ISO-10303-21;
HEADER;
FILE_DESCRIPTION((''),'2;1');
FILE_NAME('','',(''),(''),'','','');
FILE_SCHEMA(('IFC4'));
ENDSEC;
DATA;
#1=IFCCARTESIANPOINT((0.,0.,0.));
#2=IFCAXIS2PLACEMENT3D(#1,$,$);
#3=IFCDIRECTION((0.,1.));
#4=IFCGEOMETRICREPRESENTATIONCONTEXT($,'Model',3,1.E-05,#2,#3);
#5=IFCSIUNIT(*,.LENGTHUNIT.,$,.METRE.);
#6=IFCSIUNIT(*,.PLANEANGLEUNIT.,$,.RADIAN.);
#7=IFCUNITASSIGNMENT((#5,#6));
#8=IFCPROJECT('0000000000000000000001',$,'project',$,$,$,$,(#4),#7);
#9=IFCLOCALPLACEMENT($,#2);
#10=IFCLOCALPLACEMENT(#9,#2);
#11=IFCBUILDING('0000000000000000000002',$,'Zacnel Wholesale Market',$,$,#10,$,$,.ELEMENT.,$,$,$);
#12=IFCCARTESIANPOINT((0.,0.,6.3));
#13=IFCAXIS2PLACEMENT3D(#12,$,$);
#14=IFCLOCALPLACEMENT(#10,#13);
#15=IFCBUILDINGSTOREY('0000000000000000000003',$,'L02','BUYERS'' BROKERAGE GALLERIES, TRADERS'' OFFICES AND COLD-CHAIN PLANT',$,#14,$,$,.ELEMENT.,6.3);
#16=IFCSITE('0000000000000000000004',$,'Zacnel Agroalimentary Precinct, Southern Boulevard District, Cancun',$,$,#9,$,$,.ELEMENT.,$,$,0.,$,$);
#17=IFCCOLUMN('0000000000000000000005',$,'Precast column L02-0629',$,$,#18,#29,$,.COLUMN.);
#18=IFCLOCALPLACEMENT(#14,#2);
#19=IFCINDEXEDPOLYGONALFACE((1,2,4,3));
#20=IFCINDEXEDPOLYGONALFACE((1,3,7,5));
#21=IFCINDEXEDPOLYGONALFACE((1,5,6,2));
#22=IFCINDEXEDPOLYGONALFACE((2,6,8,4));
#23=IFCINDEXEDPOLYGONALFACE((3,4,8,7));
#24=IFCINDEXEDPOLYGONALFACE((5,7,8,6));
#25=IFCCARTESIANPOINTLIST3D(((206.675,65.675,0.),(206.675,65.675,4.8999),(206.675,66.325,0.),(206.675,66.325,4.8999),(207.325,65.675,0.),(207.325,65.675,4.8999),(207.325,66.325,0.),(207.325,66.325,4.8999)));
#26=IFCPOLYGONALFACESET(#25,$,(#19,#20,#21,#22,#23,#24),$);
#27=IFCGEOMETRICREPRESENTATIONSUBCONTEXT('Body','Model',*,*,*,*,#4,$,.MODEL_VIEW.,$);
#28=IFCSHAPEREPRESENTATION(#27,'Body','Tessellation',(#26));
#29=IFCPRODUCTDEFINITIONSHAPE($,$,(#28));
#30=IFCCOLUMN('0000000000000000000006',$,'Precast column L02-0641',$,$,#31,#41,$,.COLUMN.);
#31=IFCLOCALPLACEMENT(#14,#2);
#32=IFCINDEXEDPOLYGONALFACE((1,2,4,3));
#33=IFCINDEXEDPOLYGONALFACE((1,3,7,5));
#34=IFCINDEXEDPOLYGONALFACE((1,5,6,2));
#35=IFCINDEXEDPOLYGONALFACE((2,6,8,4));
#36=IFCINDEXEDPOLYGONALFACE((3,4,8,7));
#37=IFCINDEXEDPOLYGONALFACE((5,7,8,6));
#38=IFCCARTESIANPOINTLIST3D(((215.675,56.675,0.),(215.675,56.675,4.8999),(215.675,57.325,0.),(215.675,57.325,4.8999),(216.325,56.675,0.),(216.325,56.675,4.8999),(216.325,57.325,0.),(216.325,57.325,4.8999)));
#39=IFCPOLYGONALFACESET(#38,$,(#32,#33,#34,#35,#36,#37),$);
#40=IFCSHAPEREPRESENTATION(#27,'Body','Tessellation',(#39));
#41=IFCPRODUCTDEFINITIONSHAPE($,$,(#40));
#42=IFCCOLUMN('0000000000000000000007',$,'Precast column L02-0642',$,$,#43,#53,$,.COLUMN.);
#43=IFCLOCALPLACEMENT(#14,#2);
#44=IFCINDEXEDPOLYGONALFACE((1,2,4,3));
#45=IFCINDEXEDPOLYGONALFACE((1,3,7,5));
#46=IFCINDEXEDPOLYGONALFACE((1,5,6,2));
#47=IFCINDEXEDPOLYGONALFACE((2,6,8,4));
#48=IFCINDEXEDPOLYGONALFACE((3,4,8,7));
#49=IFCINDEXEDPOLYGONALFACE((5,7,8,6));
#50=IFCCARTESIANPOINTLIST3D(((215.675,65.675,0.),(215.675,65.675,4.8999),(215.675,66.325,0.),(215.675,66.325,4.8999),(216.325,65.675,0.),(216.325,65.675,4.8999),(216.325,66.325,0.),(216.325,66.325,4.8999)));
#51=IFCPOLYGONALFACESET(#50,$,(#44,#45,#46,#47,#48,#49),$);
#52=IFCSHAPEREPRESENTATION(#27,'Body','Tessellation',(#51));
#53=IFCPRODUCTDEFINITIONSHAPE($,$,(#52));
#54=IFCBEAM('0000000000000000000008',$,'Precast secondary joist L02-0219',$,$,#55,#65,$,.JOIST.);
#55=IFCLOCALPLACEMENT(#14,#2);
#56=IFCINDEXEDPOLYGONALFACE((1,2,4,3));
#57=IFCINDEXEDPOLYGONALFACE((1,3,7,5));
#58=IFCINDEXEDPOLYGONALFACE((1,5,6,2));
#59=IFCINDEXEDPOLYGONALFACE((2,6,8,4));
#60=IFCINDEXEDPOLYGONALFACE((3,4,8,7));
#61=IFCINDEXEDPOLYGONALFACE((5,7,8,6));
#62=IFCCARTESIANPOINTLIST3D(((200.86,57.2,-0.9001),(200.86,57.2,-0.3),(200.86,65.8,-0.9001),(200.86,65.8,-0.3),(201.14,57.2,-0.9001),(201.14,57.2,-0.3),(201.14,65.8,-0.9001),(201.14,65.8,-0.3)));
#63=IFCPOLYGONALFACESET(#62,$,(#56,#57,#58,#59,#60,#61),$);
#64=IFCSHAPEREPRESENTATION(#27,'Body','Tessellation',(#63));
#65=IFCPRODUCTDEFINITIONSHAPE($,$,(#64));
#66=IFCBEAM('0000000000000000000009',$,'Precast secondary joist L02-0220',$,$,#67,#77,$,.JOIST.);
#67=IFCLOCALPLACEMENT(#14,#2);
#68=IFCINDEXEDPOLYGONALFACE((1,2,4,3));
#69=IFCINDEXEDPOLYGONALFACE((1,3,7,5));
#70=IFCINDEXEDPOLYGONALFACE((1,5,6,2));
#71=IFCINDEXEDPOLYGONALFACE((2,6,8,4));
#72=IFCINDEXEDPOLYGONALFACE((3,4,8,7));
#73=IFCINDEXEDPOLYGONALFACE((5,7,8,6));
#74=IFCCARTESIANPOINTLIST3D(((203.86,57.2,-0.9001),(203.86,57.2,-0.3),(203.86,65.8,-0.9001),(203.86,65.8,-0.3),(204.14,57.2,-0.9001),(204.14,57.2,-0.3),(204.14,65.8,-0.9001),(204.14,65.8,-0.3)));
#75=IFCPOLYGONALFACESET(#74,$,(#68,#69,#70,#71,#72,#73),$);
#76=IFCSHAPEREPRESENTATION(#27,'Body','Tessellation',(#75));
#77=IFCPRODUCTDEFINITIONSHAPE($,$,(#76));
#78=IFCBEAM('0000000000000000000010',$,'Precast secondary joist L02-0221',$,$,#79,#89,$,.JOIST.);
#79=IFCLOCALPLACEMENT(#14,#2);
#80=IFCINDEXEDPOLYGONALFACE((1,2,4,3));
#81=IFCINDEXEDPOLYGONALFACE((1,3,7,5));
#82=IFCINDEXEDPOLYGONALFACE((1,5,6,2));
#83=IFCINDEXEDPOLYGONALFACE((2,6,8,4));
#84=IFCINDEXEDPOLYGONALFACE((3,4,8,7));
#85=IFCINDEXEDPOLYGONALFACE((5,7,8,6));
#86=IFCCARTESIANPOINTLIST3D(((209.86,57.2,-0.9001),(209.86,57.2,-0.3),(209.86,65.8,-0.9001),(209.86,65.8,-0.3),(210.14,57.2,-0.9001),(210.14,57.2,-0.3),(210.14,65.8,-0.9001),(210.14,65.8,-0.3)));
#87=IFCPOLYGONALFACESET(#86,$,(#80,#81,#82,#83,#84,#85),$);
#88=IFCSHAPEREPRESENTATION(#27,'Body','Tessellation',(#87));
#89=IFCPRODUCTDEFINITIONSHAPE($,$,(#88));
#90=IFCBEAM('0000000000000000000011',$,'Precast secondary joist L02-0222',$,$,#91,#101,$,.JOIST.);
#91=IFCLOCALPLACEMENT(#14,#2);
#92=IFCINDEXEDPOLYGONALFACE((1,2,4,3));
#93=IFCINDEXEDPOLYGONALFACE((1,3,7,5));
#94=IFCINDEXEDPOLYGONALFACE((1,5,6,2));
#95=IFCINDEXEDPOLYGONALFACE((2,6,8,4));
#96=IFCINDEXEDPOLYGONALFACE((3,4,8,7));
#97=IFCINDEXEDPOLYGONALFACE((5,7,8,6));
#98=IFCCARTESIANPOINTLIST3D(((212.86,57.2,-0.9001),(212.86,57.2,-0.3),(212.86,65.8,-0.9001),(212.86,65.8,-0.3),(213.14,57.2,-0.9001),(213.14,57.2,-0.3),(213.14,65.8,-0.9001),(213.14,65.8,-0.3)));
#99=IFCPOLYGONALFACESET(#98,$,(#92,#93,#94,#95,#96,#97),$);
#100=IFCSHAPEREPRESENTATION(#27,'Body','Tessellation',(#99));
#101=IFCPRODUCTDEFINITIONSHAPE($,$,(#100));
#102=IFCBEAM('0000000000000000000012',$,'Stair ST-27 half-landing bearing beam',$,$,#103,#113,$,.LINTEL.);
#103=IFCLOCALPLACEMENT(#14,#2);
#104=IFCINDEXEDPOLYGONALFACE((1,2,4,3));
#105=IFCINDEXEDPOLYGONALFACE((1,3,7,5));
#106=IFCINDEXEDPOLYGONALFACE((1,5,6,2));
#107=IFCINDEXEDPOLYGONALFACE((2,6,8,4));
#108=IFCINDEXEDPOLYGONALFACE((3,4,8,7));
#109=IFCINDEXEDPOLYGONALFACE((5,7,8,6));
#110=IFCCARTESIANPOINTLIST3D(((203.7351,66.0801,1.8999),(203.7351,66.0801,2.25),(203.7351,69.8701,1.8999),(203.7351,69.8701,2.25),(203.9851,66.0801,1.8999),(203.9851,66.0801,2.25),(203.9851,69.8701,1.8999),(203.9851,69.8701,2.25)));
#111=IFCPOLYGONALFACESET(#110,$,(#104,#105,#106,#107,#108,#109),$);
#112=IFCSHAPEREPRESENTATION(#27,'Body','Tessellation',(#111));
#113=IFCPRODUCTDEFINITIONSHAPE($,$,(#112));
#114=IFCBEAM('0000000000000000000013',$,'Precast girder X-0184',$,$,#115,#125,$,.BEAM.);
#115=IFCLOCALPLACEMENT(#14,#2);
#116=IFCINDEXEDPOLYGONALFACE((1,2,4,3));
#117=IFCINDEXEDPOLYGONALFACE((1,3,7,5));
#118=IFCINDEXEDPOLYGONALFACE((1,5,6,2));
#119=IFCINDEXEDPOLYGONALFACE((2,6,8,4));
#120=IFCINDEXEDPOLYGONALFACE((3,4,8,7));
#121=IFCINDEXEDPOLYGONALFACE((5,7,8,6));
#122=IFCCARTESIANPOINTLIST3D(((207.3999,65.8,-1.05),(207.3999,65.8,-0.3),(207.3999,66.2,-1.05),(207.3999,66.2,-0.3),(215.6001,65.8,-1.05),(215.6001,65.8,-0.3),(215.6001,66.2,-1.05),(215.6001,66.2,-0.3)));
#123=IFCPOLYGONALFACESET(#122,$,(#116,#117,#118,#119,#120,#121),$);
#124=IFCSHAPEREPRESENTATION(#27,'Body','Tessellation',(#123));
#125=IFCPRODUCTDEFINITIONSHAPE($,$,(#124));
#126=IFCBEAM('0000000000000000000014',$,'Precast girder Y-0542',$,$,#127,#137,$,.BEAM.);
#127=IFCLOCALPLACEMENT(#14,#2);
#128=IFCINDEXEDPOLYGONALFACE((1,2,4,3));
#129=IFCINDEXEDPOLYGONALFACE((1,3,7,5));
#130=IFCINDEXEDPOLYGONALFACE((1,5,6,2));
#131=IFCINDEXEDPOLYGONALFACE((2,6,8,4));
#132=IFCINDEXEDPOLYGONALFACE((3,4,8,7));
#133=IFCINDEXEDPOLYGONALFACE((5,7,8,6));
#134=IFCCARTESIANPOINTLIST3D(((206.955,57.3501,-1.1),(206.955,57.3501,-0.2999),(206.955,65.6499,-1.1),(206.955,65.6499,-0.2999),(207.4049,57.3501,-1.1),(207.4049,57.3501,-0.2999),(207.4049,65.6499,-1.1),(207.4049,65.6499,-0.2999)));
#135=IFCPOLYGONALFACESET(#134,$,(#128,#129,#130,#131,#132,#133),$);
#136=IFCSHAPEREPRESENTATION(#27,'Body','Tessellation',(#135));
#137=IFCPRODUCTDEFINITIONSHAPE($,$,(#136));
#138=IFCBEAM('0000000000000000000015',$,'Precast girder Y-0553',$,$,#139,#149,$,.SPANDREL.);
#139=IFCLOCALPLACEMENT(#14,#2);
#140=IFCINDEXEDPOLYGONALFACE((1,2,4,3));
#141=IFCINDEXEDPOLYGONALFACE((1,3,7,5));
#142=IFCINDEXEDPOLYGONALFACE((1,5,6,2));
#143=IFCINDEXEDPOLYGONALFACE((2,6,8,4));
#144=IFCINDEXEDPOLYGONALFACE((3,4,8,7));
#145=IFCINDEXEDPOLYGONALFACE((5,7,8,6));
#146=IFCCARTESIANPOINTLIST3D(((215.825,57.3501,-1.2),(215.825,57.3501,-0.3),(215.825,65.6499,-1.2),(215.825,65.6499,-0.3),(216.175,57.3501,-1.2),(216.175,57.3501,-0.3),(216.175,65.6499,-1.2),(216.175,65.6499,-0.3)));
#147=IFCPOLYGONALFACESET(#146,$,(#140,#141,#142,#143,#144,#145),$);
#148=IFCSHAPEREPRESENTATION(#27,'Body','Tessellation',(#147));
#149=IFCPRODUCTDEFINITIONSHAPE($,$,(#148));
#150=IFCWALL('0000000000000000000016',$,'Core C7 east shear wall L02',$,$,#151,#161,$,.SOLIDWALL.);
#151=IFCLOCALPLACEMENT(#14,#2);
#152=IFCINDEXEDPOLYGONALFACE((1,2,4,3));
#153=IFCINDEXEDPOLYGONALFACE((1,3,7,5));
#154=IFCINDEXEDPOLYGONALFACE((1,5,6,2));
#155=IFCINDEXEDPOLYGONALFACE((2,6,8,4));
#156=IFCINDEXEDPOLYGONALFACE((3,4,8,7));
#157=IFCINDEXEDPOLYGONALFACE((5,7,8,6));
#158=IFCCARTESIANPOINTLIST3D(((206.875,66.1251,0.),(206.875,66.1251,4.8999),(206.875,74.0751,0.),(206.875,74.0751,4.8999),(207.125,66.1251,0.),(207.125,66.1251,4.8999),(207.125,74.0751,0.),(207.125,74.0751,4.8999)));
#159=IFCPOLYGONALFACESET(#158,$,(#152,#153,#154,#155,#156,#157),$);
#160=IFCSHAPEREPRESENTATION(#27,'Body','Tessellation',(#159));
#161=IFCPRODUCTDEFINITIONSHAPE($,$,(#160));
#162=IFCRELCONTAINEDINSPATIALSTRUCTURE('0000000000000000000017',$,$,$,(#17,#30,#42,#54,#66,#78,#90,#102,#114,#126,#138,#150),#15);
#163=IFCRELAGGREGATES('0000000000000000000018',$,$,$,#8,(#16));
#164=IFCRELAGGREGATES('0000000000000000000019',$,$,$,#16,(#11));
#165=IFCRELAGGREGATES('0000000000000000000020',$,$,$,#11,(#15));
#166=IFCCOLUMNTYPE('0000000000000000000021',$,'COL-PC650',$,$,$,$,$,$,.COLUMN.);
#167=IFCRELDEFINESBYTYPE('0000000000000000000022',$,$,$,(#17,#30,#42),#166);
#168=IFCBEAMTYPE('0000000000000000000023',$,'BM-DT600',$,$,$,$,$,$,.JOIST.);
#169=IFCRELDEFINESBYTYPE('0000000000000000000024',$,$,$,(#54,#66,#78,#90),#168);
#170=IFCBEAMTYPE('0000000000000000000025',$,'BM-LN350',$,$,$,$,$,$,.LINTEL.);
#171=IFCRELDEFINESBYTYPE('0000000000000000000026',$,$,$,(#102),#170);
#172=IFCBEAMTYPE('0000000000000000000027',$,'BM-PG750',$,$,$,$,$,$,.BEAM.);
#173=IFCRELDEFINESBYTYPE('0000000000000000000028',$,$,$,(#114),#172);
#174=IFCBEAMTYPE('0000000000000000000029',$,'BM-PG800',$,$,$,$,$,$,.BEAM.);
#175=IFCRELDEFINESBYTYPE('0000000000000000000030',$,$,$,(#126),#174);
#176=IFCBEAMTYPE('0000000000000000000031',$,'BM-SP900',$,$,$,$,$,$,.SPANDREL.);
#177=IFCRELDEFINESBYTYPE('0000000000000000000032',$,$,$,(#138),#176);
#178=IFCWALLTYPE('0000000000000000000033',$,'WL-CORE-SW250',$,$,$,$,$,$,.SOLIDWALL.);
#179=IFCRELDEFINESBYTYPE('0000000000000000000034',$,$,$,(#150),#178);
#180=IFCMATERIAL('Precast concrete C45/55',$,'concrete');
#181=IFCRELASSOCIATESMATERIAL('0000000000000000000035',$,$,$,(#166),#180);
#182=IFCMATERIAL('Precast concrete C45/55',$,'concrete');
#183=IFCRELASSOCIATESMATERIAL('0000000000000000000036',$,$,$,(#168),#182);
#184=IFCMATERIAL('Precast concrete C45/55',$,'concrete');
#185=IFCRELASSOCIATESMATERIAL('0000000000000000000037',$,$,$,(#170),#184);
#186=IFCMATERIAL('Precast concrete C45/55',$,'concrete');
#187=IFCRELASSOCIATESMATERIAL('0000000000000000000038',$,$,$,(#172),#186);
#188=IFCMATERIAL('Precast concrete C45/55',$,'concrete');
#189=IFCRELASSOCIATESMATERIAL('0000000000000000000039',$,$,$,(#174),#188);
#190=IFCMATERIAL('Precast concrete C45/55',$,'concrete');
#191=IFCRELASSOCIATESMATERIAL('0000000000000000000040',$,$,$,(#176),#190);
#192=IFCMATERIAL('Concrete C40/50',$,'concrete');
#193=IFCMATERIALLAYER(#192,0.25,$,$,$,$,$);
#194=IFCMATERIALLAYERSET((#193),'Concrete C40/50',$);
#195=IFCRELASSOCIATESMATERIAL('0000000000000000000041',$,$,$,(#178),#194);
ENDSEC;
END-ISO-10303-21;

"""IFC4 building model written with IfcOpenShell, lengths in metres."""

from ifc_helpers import new_model, si_unit, direction, frame, frame_2d, origin, origin_2d, place, context, subcontext, project, spatial, rectangle, extrude, material, layer, layer_set, material_profile, profile_set, type_object, element, save


model = new_model("IFC4")

# Units and contexts
model_context = context("Model", 3, precision=1e-05, world=origin(), true_north=direction((0.0, 1.0)))
body_context = subcontext(model_context, "Body", "Model", "MODEL_VIEW")
ifc_project = project(units=[si_unit("LENGTHUNIT", "METRE"), si_unit("PLANEANGLEUNIT", "RADIAN")], contexts=[model_context])

# Site, building, storey
site_placement = place(None, origin())
site = spatial("IfcSite", under=ifc_project, at=site_placement, Name="Zacnel Agroalimentary Precinct, Southern Boulevard District, Cancun", CompositionType="ELEMENT", RefElevation=0.0)
building_placement = place(site_placement, origin())
building = spatial("IfcBuilding", under=site, at=building_placement, Name="Zacnel Wholesale Market", CompositionType="ELEMENT")
storey_placement = place(building_placement, frame((0.0, 0.0, 6.3)))
storey = spatial("IfcBuildingStorey", under=building, at=storey_placement, Name="L02", Description="BUYERS' BROKERAGE GALLERIES, TRADERS' OFFICES AND COLD-CHAIN PLANT", CompositionType="ELEMENT", Elevation=6.3)

# Columns
ifc_material_1 = material(Name="Precast concrete C45/55", Category="concrete")
ifc_material_profile_1 = material_profile(ifc_material_1, rectangle(XDim=0.6499, YDim=0.6499, at=origin_2d()), Name="PC 650x650")
ifc_profile_set_1 = profile_set([ifc_material_profile_1], Name="Precast concrete C45/55")
column_type = type_object("IfcColumnType", Name="COL-PC650", PredefinedType="COLUMN", material=ifc_profile_set_1)
for number, where, z_axis, x_axis, name in (
    (1, (207.0, 66.0, 0.0), (0.0, 0.0, 1.0), (1.0, 0.0, 0.0), "Precast column L02-0629"),
    (2, (216.0, 57.0, 0.0), (0.0, 0.0, 1.0), (1.0, 0.0, 0.0), "Precast column L02-0641"),
    (3, (216.0, 66.0, 0.0), (0.0, 0.0, 1.0), (1.0, 0.0, 0.0), "Precast column L02-0642"),
):
    element("IfcColumn", number, at=place(storey_placement, frame(where, z_axis=z_axis, x_axis=x_axis)), inside=storey, type_object=column_type, Name=name, PredefinedType="COLUMN", context=body_context, shape_type="SweptSolid", body=[
        extrude(rectangle(XDim=0.6499, YDim=0.6499, at=origin_2d()), origin(), (0.0, 0.0, 1.0), 4.8999),
    ])

# Beams
ifc_material_2 = material(Name="Precast concrete C45/55", Category="concrete")
ifc_material_profile_2 = material_profile(ifc_material_2, rectangle(XDim=0.28, YDim=0.6001, at=origin_2d()), Name="DT RIB 280x600")
ifc_profile_set_2 = profile_set([ifc_material_profile_2], Name="Precast concrete C45/55")
beam_type_1 = type_object("IfcBeamType", Name="BM-DT600", PredefinedType="JOIST", material=ifc_profile_set_2)
for number, where, z_axis, x_axis, name in (
    (4, (201.0, 57.2, -0.6001), (0.0, 1.0, 0.0), (-1.0, 0.0, 0.0), "Precast secondary joist L02-0219"),
    (5, (204.0, 57.2, -0.6001), (0.0, 1.0, 0.0), (-1.0, 0.0, 0.0), "Precast secondary joist L02-0220"),
    (6, (210.0, 57.2, -0.6001), (0.0, 1.0, 0.0), (-1.0, 0.0, 0.0), "Precast secondary joist L02-0221"),
    (7, (213.0, 57.2, -0.6001), (0.0, 1.0, 0.0), (-1.0, 0.0, 0.0), "Precast secondary joist L02-0222"),
):
    element("IfcBeam", number, at=place(storey_placement, frame(where, z_axis=z_axis, x_axis=x_axis)), inside=storey, type_object=beam_type_1, Name=name, PredefinedType="JOIST", context=body_context, shape_type="SweptSolid", body=[
        extrude(rectangle(XDim=0.28, YDim=0.6001, at=origin_2d()), origin(), (0.0, 0.0, 1.0), 8.6001),
    ])
ifc_material_3 = material(Name="Precast concrete C45/55", Category="concrete")
ifc_material_profile_3 = material_profile(ifc_material_3, rectangle(XDim=0.25, YDim=0.3501, at=origin_2d()), Name="LN 250x350")
ifc_profile_set_3 = profile_set([ifc_material_profile_3], Name="Precast concrete C45/55")
beam_type_2 = type_object("IfcBeamType", Name="BM-LN350", PredefinedType="LINTEL", material=ifc_profile_set_3)
beam_1_placement = place(storey_placement, frame((203.8601, 66.0801, 2.075), z_axis=(0.0, 1.0, 0.0), x_axis=(-1.0, 0.0, 0.0)))
element("IfcBeam", 8, at=beam_1_placement, inside=storey, type_object=beam_type_2, Name="Stair ST-27 half-landing bearing beam", PredefinedType="LINTEL", context=body_context, shape_type="SweptSolid", body=[
    extrude(rectangle(XDim=0.25, YDim=0.3501, at=origin_2d()), origin(), (0.0, 0.0, 1.0), 3.79),
])
ifc_material_4 = material(Name="Precast concrete C45/55", Category="concrete")
ifc_material_profile_4 = material_profile(ifc_material_4, rectangle(XDim=0.3999, YDim=0.75, at=origin_2d()), Name="PG 400x750")
ifc_profile_set_4 = profile_set([ifc_material_profile_4], Name="Precast concrete C45/55")
beam_type_3 = type_object("IfcBeamType", Name="BM-PG750", PredefinedType="BEAM", material=ifc_profile_set_4)
beam_2_placement = place(storey_placement, frame((207.3999, 66.0, -0.675), z_axis=(1.0, 0.0, 0.0), x_axis=(0.0, 1.0, 0.0)))
element("IfcBeam", 9, at=beam_2_placement, inside=storey, type_object=beam_type_3, Name="Precast girder X-0184", PredefinedType="BEAM", context=body_context, shape_type="SweptSolid", body=[
    extrude(rectangle(XDim=0.3999, YDim=0.75, at=origin_2d()), origin(), (0.0, 0.0, 1.0), 8.2002),
])
ifc_material_5 = material(Name="Precast concrete C45/55", Category="concrete")
ifc_material_profile_5 = material_profile(ifc_material_5, rectangle(XDim=0.45, YDim=0.8, at=origin_2d()), Name="PG 450x800")
ifc_profile_set_5 = profile_set([ifc_material_profile_5], Name="Precast concrete C45/55")
beam_type_4 = type_object("IfcBeamType", Name="BM-PG800", PredefinedType="BEAM", material=ifc_profile_set_5)
beam_3_placement = place(storey_placement, frame((207.1799, 57.3501, -0.7), z_axis=(0.0, 1.0, 0.0), x_axis=(-1.0, 0.0, 0.0)))
element("IfcBeam", 10, at=beam_3_placement, inside=storey, type_object=beam_type_4, Name="Precast girder Y-0542", PredefinedType="BEAM", context=body_context, shape_type="SweptSolid", body=[
    extrude(rectangle(XDim=0.45, YDim=0.8, at=origin_2d()), origin(), (0.0, 0.0, 1.0), 8.2998),
])
ifc_material_6 = material(Name="Precast concrete C45/55", Category="concrete")
ifc_material_profile_6 = material_profile(ifc_material_6, rectangle(XDim=0.3501, YDim=0.8999, at=origin_2d()), Name="SP 350x900")
ifc_profile_set_6 = profile_set([ifc_material_profile_6], Name="Precast concrete C45/55")
beam_type_5 = type_object("IfcBeamType", Name="BM-SP900", PredefinedType="SPANDREL", material=ifc_profile_set_6)
beam_4_placement = place(storey_placement, frame((216.0, 57.3501, -0.75), z_axis=(0.0, 1.0, 0.0), x_axis=(-1.0, 0.0, 0.0)))
element("IfcBeam", 11, at=beam_4_placement, inside=storey, type_object=beam_type_5, Name="Precast girder Y-0553", PredefinedType="SPANDREL", context=body_context, shape_type="SweptSolid", body=[
    extrude(rectangle(XDim=0.3501, YDim=0.8999, at=origin_2d()), origin(), (0.0, 0.0, 1.0), 8.2998),
])

# Wall
ifc_material_7 = material(Name="Concrete C40/50", Category="concrete")
ifc_layer_1 = layer(ifc_material_7, 0.25)
ifc_layer_set_1 = layer_set([ifc_layer_1], Name="Concrete C40/50")
wall_type_1 = type_object("IfcWallType", Name="WL-CORE-SW250", PredefinedType="SOLIDWALL", material=ifc_layer_set_1)
wall_1_placement = place(storey_placement, frame((207.0, 66.125, 0.0), z_axis=(0.0, 0.0, 1.0), x_axis=(0.0, 1.0, 0.0)))
element("IfcWall", 12, at=wall_1_placement, inside=storey, type_object=wall_type_1, Name="Core C7 east shear wall L02", PredefinedType="SOLIDWALL", context=body_context, shape_type="SweptSolid", body=[
    extrude(rectangle(XDim=7.95, YDim=0.25, at=frame_2d((3.9751, 0.0))), origin(), (0.0, 0.0, 1.0), 4.8999),
])

save(model, "model.ifc")
